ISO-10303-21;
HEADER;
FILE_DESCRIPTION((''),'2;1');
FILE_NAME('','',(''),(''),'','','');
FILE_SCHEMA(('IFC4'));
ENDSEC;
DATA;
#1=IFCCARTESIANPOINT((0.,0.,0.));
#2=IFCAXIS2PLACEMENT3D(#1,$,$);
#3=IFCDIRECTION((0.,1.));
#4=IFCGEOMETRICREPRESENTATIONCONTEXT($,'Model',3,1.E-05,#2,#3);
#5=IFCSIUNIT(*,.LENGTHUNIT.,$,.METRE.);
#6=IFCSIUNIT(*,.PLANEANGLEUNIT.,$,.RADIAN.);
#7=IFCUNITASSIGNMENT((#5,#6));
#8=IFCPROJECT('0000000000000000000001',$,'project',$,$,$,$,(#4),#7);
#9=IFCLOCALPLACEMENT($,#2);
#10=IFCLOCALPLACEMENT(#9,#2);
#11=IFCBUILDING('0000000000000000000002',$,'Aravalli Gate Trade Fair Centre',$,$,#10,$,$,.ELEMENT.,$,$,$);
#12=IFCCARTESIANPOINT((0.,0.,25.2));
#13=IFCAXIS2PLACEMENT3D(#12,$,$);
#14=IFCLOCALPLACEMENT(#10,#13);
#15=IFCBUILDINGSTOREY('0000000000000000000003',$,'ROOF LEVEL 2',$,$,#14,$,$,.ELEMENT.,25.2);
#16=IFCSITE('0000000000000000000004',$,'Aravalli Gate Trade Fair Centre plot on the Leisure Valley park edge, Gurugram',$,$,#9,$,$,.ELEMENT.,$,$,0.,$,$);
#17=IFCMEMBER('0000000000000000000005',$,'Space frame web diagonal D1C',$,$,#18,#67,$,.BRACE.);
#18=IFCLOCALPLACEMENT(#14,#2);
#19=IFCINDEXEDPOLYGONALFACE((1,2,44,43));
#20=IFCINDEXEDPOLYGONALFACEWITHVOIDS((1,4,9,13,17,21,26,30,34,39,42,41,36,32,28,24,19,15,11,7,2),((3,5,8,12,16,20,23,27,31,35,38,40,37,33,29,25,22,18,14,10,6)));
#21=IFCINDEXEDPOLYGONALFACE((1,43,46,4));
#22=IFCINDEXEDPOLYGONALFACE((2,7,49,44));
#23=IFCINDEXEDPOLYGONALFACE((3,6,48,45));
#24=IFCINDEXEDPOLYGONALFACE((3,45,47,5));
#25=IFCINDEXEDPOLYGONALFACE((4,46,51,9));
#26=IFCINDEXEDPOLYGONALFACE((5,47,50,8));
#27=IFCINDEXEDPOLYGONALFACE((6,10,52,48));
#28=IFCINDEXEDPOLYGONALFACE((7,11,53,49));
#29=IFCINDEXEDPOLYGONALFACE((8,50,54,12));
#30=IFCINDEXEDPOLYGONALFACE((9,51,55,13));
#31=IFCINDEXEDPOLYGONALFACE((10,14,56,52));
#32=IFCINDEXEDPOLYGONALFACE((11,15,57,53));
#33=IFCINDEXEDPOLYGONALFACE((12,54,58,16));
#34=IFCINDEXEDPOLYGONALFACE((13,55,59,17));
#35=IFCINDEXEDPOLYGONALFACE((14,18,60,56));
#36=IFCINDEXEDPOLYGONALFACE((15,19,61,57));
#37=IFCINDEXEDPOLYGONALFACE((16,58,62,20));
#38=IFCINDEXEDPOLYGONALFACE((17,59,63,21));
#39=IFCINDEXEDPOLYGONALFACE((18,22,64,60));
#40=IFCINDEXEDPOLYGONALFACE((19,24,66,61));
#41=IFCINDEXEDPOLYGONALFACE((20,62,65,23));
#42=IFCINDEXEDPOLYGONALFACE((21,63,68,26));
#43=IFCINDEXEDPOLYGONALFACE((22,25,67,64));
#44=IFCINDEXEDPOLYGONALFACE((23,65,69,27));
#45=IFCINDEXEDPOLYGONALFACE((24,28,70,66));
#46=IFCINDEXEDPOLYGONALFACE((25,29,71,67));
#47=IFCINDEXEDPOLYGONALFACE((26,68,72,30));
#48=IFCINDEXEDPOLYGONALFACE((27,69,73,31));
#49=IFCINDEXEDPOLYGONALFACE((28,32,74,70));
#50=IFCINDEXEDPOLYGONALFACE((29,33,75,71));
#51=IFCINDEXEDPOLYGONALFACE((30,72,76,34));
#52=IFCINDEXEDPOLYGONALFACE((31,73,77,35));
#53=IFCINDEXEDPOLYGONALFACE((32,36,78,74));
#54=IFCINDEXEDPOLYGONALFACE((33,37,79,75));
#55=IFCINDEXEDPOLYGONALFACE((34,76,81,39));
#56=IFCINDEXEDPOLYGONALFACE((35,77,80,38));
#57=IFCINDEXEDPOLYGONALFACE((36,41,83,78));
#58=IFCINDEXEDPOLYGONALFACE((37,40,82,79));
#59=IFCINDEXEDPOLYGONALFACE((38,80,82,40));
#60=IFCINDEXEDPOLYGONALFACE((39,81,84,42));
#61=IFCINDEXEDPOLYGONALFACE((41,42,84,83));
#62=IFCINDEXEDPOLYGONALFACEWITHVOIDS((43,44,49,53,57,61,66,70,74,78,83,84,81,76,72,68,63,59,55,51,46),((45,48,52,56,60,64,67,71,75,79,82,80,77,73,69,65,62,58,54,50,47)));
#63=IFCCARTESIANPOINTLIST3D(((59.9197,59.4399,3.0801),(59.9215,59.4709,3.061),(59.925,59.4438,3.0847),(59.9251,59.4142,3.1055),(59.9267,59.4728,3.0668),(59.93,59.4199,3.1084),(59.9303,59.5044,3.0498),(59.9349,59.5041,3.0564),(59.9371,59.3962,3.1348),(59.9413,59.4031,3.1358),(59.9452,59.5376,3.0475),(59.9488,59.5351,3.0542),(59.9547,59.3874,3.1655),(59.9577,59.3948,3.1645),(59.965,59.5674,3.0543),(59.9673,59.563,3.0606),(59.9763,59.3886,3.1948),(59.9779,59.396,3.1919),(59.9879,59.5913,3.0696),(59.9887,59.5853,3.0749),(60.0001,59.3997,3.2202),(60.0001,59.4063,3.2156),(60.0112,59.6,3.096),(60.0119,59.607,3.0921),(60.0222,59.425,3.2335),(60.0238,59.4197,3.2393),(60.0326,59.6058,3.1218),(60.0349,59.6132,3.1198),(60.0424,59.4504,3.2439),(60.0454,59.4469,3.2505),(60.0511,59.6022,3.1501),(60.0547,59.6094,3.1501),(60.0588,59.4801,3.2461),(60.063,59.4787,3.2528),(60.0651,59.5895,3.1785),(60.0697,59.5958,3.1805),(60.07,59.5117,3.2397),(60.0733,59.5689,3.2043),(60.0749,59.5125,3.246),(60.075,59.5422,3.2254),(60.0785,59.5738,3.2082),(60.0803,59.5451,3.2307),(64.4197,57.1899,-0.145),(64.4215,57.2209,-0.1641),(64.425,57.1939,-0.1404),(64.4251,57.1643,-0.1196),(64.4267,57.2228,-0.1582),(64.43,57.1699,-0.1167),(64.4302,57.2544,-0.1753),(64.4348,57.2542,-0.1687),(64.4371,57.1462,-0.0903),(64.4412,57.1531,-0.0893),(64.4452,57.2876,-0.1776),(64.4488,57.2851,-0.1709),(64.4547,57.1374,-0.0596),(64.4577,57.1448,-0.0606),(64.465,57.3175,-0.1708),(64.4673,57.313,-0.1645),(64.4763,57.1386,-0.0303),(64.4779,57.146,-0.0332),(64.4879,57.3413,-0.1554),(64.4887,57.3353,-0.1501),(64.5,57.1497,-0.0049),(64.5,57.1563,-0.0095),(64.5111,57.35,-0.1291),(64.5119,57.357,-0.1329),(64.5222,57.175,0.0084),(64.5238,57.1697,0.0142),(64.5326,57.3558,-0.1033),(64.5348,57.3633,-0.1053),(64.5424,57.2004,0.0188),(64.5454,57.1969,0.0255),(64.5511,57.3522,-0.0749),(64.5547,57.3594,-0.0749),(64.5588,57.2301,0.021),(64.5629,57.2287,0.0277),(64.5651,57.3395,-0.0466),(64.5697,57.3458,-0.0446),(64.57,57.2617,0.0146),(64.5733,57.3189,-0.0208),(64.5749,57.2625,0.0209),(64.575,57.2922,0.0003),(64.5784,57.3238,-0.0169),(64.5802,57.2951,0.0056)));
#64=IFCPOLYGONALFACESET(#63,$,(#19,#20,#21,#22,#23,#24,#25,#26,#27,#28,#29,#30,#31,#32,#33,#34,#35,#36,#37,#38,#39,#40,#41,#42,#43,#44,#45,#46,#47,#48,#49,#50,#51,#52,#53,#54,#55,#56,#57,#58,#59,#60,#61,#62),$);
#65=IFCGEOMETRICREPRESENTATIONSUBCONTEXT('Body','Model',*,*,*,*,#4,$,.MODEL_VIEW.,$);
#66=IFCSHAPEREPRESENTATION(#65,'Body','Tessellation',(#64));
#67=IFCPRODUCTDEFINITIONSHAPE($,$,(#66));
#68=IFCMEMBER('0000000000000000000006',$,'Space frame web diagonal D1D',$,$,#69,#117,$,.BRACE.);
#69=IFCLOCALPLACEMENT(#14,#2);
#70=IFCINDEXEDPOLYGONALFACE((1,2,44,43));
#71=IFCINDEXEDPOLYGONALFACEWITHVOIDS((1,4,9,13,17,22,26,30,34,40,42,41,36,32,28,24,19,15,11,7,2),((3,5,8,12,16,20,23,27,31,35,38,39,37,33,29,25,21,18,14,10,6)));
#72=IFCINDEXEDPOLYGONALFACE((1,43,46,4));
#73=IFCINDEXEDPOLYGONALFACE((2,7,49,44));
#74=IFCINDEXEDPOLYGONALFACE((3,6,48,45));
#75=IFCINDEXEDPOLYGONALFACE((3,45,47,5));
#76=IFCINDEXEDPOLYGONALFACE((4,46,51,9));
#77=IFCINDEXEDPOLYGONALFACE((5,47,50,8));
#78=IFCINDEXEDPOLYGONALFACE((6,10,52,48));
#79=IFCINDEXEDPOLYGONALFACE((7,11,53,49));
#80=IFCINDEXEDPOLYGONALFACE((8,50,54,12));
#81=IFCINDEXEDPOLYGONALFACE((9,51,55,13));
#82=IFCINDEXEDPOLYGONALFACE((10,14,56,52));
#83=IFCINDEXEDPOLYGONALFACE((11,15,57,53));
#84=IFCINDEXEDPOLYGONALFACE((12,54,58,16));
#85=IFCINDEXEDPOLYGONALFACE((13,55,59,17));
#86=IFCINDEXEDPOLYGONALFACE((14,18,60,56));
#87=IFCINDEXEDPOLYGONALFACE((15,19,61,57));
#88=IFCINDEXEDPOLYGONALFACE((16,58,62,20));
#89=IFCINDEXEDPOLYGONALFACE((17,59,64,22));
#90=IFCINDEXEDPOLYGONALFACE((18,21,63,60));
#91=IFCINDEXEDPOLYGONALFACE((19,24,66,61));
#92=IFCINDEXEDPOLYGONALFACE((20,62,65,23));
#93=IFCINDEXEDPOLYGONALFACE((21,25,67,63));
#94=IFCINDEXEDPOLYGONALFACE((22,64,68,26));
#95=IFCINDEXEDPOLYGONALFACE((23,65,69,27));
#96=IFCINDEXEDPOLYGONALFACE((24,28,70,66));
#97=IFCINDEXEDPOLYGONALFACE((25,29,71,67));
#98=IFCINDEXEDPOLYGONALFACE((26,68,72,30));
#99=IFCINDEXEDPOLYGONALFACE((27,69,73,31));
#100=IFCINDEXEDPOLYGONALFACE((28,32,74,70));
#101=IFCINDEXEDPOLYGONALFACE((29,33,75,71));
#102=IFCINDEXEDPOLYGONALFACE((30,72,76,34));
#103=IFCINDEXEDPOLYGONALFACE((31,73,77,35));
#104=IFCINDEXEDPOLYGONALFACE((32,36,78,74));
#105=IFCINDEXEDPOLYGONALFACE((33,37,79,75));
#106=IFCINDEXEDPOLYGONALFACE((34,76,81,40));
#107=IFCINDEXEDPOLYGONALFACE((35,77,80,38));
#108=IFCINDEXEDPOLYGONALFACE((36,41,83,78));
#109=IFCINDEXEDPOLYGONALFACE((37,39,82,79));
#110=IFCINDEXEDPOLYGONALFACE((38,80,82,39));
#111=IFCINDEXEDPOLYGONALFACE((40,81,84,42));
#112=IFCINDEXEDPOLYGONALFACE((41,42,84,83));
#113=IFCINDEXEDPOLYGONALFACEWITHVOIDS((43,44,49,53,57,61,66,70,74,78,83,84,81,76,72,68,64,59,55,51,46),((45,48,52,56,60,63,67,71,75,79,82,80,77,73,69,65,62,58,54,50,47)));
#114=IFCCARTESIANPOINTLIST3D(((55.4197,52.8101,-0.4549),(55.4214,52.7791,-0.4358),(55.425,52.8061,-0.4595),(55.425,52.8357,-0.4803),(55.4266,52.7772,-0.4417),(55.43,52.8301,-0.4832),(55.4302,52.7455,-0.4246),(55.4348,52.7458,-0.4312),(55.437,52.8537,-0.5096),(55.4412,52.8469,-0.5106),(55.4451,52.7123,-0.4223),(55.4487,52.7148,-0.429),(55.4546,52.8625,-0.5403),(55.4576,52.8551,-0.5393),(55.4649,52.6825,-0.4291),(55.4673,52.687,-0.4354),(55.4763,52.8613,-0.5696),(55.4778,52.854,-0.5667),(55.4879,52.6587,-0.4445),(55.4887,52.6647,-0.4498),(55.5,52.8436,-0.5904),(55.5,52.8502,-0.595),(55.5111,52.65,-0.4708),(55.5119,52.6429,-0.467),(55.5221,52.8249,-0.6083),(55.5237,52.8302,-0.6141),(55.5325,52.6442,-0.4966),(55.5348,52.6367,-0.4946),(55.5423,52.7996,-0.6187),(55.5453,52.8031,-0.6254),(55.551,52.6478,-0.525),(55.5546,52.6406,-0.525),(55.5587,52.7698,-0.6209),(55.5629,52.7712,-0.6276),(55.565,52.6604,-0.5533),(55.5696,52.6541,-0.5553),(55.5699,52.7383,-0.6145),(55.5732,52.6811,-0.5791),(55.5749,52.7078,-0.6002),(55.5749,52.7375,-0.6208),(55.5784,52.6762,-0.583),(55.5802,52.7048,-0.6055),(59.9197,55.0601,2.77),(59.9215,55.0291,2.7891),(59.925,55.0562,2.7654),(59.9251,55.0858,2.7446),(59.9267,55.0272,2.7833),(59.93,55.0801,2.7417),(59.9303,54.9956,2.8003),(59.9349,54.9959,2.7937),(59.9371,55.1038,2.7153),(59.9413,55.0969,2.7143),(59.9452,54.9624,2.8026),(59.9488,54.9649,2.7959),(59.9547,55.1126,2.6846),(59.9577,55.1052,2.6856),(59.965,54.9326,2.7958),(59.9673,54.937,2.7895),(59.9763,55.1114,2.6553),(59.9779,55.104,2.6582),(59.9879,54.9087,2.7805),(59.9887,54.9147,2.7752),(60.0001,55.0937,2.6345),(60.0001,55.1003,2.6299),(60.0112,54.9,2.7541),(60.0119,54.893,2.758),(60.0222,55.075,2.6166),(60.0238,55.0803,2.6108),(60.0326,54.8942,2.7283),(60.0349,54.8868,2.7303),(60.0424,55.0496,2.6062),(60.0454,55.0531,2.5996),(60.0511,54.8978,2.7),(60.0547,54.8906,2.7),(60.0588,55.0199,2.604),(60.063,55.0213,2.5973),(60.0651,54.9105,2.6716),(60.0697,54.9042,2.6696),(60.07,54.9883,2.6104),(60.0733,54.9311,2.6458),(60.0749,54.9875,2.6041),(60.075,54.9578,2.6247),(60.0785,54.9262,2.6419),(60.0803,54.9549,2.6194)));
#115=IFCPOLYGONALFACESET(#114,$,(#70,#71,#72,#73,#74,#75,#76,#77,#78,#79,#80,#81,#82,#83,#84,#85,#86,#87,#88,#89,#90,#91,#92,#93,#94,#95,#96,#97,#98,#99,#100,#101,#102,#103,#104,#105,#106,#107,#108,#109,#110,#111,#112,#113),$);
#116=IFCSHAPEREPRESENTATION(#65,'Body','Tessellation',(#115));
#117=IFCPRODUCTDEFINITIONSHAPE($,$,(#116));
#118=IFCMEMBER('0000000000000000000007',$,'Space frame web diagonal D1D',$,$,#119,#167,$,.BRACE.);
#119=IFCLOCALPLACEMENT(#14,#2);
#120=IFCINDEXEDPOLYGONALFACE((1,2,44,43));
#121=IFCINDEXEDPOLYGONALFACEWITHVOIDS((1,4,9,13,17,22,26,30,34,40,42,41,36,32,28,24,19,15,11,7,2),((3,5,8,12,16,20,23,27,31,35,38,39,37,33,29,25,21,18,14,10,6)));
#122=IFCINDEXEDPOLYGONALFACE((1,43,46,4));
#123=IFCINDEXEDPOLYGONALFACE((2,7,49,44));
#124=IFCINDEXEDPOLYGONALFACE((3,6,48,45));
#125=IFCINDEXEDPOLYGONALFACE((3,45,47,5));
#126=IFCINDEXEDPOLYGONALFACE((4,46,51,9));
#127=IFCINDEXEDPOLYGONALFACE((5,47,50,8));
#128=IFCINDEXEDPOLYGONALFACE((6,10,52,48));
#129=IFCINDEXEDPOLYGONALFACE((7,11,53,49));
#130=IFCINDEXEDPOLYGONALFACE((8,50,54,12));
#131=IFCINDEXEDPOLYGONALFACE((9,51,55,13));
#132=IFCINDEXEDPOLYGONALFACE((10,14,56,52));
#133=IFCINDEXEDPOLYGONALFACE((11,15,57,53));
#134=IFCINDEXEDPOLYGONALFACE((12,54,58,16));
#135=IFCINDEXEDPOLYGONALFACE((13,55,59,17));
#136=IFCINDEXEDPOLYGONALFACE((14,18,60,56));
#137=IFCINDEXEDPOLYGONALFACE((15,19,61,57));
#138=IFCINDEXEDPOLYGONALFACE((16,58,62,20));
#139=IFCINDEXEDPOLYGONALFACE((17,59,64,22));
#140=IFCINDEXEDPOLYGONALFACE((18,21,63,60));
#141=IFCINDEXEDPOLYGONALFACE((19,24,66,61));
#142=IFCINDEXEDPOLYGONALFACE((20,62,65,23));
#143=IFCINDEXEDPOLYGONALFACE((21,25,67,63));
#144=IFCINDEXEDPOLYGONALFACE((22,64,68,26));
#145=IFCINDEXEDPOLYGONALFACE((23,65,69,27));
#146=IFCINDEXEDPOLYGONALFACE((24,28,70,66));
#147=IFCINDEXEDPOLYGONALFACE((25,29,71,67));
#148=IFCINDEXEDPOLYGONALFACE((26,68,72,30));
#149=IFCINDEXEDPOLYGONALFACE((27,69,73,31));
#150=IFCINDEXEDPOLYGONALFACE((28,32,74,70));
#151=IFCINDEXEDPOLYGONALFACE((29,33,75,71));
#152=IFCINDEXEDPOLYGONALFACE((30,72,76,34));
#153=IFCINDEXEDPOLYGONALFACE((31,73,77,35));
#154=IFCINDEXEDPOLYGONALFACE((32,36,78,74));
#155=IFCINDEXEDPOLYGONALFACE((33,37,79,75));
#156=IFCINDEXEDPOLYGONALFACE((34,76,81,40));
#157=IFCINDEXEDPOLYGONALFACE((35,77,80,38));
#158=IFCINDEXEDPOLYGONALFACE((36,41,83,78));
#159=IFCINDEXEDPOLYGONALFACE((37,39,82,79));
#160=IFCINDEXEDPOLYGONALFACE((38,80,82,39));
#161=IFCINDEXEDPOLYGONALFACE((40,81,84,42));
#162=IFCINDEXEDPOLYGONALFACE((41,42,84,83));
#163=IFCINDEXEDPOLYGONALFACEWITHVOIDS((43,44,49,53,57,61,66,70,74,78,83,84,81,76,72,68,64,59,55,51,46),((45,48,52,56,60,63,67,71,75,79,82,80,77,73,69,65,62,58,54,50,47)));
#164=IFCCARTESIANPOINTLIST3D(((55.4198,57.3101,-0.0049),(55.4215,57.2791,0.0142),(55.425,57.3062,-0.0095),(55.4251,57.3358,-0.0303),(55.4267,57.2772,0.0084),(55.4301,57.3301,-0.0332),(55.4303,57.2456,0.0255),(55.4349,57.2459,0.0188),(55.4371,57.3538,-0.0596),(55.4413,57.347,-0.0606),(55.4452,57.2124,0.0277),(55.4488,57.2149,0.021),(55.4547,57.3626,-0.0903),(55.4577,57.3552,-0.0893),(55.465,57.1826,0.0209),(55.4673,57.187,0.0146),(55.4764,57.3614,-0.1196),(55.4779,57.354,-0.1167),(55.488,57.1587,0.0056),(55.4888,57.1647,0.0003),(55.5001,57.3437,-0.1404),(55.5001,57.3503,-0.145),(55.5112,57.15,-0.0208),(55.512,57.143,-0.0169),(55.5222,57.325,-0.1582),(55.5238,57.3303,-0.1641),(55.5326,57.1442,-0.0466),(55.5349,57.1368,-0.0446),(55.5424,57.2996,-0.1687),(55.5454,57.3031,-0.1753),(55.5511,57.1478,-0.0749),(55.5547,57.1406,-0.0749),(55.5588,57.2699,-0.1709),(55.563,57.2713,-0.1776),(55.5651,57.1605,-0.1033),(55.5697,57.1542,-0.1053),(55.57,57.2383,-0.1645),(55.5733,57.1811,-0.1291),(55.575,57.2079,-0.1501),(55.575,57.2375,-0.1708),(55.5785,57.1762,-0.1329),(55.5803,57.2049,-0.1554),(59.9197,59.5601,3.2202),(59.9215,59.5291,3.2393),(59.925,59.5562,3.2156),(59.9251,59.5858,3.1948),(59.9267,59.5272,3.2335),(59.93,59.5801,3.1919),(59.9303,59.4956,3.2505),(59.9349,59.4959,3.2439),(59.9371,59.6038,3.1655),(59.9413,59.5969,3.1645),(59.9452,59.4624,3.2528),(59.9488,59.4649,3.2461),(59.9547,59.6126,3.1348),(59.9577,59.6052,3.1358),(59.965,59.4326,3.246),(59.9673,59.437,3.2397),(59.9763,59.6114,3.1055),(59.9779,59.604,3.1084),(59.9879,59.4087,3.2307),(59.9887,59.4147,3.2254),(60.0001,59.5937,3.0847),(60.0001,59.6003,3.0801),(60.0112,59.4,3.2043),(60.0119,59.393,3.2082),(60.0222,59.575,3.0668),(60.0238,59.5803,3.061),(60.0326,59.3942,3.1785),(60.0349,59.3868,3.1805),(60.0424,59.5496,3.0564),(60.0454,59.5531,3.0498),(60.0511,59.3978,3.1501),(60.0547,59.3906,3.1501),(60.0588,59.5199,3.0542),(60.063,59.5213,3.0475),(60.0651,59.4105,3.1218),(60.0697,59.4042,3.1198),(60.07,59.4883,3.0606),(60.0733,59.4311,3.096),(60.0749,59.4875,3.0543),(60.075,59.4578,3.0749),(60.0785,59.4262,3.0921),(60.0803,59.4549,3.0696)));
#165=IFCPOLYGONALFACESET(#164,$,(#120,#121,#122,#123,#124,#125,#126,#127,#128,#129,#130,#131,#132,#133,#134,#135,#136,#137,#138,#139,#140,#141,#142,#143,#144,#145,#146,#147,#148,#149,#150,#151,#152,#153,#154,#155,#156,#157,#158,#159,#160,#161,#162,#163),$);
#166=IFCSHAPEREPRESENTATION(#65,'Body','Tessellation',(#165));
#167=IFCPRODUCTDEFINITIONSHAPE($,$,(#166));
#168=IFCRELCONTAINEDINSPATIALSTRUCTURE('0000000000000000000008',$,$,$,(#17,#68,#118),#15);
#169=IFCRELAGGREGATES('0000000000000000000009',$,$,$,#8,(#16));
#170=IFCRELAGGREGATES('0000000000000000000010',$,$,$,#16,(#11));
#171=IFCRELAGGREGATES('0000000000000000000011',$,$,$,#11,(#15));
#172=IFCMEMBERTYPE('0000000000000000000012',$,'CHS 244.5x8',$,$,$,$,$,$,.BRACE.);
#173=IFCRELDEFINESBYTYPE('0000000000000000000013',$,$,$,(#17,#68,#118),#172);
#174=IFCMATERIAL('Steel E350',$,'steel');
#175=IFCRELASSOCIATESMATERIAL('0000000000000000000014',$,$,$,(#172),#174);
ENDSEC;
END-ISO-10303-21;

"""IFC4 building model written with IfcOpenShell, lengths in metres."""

from ifc_helpers import new_model, si_unit, direction, frame, origin, origin_2d, place, context, subcontext, project, spatial, hollow_circle, extrude, material, material_profile, profile_set, type_object, element, save


model = new_model("IFC4")

# Units and contexts
model_context = context("Model", 3, precision=1e-05, world=origin(), true_north=direction((0.0, 1.0)))
body_context = subcontext(model_context, "Body", "Model", "MODEL_VIEW")
ifc_project = project(units=[si_unit("LENGTHUNIT", "METRE"), si_unit("PLANEANGLEUNIT", "RADIAN")], contexts=[model_context])

# Site, building, storey
site_placement = place(None, origin())
site = spatial("IfcSite", under=ifc_project, at=site_placement, Name="Aravalli Gate Trade Fair Centre plot on the Leisure Valley park edge, Gurugram", CompositionType="ELEMENT", RefElevation=0.0)
building_placement = place(site_placement, origin())
building = spatial("IfcBuilding", under=site, at=building_placement, Name="Aravalli Gate Trade Fair Centre", CompositionType="ELEMENT")
storey_placement = place(building_placement, frame((0.0, 0.0, 25.2)))
storey = spatial("IfcBuildingStorey", under=building, at=storey_placement, Name="ROOF LEVEL 2", CompositionType="ELEMENT", Elevation=25.2)

# Members
ifc_material = material(Name="Steel E350", Category="steel")
ifc_material_profile_1 = material_profile(ifc_material, hollow_circle(Radius=0.1223, WallThickness=0.0081, at=origin_2d()), Name="CHS 244.5x8")
ifc_profile_set_1 = profile_set([ifc_material_profile_1], Name="Steel E350")
member_type_1 = type_object("IfcMemberType", Name="CHS 244.5x8", PredefinedType="BRACE", material=ifc_profile_set_1)
for number, where, z_axis, x_axis, name in (
    (1, (60.0, 59.5, 3.1501), (0.753, -0.3765, -0.539666), (0.447214, 0.894427, 0.0), "Space frame web diagonal D1C"),
    (2, (60.0, 55.0, 2.7), (-0.753016, -0.376508, -0.539637), (0.447214, -0.894427, 0.0), "Space frame web diagonal D1D"),
    (3, (60.0, 59.5, 3.1501), (-0.753, -0.3765, -0.539666), (0.447214, -0.894427, 0.0), "Space frame web diagonal D1D"),
):
    element("IfcMember", number, at=place(storey_placement, frame(where, z_axis=z_axis, x_axis=x_axis)), inside=storey, type_object=member_type_1, Name=name, PredefinedType="BRACE", context=body_context, shape_type="SweptSolid", body=[
        extrude(hollow_circle(Radius=0.1223, WallThickness=0.0081, at=origin_2d()), origin(), (0.0, 0.0, 1.0), 5.9761),
    ])

save(model, "model.ifc")
